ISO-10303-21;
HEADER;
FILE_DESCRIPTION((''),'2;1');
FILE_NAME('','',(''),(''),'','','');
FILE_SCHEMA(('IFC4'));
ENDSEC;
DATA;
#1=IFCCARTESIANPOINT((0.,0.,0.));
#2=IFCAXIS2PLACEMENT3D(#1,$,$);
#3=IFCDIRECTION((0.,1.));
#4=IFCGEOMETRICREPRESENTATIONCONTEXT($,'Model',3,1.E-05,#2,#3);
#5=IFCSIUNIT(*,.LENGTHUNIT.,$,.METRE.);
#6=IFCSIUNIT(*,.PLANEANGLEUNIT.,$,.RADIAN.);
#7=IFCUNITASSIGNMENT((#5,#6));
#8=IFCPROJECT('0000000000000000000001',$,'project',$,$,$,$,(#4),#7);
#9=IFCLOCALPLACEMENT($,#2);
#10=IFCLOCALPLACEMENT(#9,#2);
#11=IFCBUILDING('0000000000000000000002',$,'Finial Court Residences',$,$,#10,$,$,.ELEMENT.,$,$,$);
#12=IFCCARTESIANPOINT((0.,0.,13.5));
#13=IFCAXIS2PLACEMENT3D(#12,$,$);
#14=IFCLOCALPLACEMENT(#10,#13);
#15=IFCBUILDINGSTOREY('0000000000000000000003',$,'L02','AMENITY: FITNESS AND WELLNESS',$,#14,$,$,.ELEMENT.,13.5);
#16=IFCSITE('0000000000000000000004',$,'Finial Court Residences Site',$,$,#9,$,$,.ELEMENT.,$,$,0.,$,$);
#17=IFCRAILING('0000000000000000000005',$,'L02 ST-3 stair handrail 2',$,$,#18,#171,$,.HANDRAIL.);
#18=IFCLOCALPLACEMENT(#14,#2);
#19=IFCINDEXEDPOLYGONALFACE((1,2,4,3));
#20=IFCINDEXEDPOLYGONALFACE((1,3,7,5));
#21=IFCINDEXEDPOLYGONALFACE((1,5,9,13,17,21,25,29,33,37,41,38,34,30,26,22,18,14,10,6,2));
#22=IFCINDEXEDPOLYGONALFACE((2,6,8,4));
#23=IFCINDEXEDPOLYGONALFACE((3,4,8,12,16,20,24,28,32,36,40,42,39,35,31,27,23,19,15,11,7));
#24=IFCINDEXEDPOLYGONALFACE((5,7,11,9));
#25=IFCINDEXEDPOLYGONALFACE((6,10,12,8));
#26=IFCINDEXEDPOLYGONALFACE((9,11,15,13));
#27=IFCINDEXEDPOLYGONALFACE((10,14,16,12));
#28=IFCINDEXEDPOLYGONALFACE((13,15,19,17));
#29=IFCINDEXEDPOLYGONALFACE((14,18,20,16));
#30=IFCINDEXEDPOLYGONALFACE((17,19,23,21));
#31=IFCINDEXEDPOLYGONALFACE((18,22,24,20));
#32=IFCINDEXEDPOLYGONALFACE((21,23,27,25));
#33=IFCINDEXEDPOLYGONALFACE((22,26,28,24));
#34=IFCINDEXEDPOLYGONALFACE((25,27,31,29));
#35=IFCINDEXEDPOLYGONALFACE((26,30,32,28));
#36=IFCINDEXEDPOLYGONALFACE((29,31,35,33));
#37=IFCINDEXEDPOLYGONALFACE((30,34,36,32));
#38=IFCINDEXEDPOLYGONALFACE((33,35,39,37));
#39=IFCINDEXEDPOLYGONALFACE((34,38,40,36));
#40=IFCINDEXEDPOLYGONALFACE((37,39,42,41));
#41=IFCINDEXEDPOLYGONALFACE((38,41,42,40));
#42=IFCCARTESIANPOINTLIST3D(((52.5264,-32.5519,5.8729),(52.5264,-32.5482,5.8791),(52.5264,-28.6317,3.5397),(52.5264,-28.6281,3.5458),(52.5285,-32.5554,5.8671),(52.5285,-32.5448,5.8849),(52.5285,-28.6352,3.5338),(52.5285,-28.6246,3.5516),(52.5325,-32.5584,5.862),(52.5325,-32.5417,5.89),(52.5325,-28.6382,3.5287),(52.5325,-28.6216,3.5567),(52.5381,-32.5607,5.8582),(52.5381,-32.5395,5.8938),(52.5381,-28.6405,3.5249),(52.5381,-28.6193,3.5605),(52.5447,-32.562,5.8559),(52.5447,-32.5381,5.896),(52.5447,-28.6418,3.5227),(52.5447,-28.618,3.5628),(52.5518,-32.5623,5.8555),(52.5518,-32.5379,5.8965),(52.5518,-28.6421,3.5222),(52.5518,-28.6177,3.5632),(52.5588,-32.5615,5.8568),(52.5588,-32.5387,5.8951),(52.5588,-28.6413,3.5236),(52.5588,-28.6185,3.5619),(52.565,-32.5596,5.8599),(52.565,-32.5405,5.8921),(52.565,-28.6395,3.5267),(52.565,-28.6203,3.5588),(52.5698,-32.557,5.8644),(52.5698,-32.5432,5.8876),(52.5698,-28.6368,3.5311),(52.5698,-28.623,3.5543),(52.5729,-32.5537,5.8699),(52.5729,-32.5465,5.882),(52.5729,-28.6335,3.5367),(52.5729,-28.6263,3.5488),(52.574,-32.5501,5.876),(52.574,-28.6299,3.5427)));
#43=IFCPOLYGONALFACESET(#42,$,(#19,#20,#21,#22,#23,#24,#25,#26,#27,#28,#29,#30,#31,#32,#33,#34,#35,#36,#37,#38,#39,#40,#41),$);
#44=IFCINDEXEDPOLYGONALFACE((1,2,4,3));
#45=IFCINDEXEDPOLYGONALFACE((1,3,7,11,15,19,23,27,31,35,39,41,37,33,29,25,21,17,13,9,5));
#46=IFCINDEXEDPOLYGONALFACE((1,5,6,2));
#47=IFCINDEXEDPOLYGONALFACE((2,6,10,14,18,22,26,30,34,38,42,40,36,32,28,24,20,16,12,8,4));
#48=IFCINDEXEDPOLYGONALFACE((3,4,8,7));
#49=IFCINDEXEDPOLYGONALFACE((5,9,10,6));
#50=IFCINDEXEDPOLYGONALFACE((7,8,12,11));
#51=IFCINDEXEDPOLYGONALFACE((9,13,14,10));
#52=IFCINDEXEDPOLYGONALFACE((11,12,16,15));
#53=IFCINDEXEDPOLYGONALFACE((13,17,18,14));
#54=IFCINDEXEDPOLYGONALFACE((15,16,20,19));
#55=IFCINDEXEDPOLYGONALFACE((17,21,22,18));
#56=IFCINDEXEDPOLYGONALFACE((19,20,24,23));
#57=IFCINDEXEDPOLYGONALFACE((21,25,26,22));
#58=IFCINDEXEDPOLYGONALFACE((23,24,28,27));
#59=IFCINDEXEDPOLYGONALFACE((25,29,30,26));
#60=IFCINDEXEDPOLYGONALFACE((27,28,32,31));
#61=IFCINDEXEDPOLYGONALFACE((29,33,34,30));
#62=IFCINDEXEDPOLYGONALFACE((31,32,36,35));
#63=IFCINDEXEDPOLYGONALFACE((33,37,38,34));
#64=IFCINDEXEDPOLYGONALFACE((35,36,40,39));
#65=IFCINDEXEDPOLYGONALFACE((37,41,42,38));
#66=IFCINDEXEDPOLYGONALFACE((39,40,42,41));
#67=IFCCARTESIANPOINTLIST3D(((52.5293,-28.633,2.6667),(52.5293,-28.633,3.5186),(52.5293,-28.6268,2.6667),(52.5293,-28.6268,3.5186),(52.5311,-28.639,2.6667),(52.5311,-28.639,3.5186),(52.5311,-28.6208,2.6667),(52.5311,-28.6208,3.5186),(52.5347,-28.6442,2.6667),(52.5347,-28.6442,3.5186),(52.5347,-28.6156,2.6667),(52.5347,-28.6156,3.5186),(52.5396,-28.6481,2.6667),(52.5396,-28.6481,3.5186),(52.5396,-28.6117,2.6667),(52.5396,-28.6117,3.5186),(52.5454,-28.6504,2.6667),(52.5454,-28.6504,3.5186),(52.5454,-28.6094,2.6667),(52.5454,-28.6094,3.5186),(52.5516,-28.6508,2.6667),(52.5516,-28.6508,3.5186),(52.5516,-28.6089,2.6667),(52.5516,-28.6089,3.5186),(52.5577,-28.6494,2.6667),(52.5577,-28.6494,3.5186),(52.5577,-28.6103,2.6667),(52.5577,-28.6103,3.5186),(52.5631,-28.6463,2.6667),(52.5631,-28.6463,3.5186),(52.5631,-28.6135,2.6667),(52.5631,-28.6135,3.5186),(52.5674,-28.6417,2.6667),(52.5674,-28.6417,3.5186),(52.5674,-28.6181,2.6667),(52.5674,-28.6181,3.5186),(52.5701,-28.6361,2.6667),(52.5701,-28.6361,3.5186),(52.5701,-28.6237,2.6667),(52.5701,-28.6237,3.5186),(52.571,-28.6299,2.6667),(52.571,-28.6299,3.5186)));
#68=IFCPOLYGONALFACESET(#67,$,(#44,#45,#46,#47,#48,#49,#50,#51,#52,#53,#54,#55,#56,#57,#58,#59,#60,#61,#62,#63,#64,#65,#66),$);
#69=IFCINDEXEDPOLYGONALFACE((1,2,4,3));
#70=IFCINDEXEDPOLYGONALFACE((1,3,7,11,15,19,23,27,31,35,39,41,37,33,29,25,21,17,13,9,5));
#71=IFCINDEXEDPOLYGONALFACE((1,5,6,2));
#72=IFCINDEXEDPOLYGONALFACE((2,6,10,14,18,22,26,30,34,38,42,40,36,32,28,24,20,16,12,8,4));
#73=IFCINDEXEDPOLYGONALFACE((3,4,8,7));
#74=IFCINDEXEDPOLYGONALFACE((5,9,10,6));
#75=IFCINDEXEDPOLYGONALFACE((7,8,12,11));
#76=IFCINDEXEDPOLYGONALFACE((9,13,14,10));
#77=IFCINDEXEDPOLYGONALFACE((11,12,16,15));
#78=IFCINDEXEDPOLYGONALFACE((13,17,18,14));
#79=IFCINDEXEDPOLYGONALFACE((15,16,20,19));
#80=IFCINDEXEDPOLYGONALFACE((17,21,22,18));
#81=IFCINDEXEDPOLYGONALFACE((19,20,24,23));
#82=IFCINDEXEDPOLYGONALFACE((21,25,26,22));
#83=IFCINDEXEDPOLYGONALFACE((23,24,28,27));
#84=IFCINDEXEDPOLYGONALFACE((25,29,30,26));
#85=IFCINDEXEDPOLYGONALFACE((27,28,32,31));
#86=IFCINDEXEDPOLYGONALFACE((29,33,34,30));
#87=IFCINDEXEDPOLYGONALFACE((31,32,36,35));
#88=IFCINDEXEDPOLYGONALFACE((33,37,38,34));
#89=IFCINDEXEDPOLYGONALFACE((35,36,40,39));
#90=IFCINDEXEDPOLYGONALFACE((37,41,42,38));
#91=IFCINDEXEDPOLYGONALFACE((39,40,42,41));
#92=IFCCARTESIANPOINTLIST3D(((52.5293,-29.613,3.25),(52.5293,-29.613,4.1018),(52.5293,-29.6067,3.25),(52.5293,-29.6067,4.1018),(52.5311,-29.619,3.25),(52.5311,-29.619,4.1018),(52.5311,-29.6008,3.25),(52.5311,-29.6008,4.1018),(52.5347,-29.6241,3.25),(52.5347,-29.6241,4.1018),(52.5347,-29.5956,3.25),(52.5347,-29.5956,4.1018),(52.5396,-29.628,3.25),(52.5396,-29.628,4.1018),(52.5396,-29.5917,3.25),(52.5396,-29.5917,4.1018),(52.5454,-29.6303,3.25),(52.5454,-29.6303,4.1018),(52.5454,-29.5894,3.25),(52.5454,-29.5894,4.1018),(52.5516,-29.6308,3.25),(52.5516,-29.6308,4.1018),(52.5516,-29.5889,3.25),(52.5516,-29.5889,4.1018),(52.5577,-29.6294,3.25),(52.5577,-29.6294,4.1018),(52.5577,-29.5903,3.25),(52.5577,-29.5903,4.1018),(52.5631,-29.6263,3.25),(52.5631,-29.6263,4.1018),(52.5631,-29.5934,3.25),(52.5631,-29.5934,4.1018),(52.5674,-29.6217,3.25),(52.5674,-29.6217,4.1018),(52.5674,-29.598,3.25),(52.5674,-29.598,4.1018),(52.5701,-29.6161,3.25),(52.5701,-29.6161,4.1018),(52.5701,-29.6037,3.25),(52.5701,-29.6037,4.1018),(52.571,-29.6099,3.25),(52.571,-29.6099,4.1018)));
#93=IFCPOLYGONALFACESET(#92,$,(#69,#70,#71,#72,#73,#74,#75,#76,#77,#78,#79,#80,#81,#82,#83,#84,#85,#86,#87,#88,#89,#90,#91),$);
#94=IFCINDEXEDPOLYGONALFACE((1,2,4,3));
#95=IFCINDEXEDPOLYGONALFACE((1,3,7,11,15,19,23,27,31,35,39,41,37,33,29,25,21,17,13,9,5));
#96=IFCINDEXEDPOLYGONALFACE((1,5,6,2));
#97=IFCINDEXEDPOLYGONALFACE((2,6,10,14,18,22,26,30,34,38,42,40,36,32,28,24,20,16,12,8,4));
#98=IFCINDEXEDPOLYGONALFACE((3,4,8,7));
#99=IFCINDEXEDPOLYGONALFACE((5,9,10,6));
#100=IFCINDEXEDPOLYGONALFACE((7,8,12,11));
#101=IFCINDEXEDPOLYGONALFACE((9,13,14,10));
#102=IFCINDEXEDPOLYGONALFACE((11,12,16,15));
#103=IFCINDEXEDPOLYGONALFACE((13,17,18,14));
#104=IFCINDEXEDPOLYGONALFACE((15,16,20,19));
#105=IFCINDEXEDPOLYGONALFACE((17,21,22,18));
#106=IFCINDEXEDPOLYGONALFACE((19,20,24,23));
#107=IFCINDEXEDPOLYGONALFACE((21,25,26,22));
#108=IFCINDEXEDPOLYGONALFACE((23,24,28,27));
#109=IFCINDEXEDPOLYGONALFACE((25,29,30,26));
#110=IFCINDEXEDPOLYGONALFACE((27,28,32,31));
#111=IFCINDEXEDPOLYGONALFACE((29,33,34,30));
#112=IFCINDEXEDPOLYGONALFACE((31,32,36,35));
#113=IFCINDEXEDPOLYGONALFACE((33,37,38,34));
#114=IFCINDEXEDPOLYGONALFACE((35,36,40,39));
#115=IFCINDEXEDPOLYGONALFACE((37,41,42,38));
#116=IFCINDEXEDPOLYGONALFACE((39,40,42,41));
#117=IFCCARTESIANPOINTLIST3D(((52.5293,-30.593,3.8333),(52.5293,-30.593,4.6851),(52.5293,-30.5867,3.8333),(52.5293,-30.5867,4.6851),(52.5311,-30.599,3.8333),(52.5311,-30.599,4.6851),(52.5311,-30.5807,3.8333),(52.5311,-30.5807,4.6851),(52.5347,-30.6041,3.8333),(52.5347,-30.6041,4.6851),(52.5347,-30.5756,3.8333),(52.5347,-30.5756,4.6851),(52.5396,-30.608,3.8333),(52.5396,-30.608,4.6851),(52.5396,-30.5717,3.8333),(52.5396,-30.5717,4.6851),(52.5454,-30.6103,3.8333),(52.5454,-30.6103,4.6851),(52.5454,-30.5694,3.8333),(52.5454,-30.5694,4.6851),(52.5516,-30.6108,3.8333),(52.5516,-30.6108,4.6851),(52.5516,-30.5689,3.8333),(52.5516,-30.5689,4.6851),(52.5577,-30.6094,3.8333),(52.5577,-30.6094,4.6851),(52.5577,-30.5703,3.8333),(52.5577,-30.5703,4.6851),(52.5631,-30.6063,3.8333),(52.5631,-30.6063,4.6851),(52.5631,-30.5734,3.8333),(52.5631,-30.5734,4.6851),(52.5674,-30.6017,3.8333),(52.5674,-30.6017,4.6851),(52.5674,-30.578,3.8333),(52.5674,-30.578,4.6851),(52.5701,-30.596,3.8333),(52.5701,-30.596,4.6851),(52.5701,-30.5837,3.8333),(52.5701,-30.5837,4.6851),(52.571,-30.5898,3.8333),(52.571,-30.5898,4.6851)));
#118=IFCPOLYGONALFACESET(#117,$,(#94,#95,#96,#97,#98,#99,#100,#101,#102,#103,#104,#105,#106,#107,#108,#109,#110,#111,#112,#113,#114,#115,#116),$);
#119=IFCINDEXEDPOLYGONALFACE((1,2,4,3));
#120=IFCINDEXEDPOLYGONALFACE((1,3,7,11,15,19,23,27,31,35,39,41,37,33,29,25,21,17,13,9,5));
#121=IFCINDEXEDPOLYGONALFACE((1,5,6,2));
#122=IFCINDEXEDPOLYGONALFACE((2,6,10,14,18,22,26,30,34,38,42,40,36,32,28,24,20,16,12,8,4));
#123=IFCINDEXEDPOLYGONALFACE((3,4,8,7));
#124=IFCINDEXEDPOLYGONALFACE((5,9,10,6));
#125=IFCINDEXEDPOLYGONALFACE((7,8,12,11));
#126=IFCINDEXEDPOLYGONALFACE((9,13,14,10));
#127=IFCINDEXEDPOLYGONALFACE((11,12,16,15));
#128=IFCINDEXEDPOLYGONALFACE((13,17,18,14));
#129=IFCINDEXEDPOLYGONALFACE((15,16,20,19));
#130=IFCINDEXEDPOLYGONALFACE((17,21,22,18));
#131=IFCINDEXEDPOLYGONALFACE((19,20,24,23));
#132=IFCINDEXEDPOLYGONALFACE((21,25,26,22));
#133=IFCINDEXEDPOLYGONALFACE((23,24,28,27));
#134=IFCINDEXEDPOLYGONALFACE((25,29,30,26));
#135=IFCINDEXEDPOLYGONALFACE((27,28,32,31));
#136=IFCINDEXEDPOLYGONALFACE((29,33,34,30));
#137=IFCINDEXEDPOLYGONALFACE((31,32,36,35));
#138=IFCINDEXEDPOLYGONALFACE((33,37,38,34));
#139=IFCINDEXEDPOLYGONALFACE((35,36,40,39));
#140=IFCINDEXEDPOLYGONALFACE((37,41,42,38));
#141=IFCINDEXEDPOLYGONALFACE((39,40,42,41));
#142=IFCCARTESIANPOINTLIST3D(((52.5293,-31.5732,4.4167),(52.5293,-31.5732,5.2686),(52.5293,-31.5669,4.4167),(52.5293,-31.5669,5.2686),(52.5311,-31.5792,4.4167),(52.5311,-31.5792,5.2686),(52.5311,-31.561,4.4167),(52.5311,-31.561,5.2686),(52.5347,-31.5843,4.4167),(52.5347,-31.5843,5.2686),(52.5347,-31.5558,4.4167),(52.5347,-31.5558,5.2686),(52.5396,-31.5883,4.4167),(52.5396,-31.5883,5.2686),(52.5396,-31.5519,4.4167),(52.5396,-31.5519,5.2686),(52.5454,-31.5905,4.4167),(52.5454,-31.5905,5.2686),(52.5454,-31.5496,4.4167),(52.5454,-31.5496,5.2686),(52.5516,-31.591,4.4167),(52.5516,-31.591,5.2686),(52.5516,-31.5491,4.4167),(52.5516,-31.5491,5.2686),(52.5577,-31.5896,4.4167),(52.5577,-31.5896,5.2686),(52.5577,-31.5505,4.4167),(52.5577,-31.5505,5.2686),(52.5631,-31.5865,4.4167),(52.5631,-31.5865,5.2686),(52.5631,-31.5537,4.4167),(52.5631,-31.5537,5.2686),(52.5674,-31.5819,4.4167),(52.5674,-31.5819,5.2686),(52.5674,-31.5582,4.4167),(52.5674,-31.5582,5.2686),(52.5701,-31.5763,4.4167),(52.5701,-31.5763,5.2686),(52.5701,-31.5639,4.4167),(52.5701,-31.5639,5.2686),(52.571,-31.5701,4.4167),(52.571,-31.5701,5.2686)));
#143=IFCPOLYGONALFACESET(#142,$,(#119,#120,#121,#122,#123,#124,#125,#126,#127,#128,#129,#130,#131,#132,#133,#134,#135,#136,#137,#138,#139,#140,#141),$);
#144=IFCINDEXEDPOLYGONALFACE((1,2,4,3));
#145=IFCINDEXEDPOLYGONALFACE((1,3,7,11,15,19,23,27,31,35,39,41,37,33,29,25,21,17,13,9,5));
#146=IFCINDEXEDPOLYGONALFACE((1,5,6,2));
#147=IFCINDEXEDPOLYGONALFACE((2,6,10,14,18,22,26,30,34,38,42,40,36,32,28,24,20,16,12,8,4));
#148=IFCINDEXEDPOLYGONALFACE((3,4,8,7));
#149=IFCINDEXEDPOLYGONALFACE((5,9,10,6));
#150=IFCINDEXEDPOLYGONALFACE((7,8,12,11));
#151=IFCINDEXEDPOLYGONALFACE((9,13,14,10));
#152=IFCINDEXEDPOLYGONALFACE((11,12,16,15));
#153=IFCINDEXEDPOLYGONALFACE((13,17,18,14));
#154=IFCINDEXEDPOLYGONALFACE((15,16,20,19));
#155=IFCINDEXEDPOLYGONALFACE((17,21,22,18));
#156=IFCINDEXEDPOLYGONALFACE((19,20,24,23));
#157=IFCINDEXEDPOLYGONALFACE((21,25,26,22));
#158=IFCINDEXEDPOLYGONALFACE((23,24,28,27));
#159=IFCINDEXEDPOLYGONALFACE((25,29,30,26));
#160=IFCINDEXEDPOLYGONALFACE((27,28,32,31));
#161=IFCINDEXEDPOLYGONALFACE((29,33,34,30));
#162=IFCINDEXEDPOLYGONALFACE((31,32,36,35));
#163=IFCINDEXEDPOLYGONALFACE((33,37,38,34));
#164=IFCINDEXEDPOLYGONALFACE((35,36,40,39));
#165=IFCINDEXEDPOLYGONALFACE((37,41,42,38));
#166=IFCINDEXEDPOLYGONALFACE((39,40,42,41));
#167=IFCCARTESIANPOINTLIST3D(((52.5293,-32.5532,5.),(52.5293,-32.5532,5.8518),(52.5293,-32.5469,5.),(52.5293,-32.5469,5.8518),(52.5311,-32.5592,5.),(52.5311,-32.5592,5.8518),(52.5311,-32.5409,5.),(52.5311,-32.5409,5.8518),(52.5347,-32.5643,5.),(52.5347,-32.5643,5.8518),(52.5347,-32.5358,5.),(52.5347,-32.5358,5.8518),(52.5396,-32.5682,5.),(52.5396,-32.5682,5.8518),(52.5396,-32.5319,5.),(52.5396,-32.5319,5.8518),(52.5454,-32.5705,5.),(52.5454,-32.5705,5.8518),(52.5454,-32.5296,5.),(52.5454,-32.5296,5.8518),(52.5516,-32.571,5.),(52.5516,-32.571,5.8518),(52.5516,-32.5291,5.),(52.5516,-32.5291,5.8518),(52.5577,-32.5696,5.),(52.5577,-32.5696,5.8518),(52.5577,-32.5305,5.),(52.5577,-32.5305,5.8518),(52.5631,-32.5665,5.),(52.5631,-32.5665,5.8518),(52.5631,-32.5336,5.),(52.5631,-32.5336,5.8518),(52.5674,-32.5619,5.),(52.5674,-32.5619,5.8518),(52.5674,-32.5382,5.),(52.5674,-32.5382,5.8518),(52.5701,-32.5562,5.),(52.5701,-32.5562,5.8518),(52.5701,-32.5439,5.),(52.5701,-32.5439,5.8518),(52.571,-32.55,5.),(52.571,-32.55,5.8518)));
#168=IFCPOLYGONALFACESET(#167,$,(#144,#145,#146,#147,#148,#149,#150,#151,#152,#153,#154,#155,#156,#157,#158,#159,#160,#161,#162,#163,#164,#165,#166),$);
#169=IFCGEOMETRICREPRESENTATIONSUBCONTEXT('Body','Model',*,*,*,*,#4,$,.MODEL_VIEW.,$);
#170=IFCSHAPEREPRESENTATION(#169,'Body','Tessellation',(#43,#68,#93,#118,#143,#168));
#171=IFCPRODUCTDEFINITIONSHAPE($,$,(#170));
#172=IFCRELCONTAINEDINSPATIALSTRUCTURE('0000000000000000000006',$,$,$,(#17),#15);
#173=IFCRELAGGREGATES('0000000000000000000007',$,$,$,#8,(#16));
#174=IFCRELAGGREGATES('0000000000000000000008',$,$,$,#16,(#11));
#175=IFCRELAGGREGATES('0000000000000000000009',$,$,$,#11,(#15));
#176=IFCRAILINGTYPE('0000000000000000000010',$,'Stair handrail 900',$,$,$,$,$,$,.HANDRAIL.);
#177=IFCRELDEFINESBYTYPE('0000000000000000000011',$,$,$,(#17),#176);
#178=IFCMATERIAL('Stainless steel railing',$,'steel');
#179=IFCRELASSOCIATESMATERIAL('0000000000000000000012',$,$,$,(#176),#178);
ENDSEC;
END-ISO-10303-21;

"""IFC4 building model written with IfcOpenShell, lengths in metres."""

from ifc_helpers import new_model, si_unit, direction, frame, origin, origin_2d, place, context, subcontext, project, spatial, circle, extrude, material, type_object, element, save


model = new_model("IFC4")

# Units and contexts
model_context = context("Model", 3, precision=1e-05, world=origin(), true_north=direction((0.0, 1.0)))
body_context = subcontext(model_context, "Body", "Model", "MODEL_VIEW")
ifc_project = project(units=[si_unit("LENGTHUNIT", "METRE"), si_unit("PLANEANGLEUNIT", "RADIAN")], contexts=[model_context])

# Site, building, storey
site_placement = place(None, origin())
site = spatial("IfcSite", under=ifc_project, at=site_placement, Name="Finial Court Residences Site", CompositionType="ELEMENT", RefElevation=0.0)
building_placement = place(site_placement, origin())
building = spatial("IfcBuilding", under=site, at=building_placement, Name="Finial Court Residences", CompositionType="ELEMENT")
storey_placement = place(building_placement, frame((0.0, 0.0, 13.5)))
storey = spatial("IfcBuildingStorey", under=building, at=storey_placement, Name="L02", Description="AMENITY: FITNESS AND WELLNESS", CompositionType="ELEMENT", Elevation=13.5)

# Railing
ifc_material_1 = material(Name="Stainless steel railing", Category="steel")
railing_type = type_object("IfcRailingType", Name="Stair handrail 900", PredefinedType="HANDRAIL", material=ifc_material_1)
railing_placement = place(storey_placement, frame((52.55, -28.6299, 2.6667)))
element("IfcRailing", 1, at=railing_placement, inside=storey, type_object=railing_type, Name="L02 ST-3 stair handrail 2", PredefinedType="HANDRAIL", context=body_context, shape_type="SweptSolid", body=[
    extrude(circle(Radius=0.0239, at=origin_2d()), frame((0.0, 0.0, 0.876), z_axis=(0.0, -0.85931, 0.511455), x_axis=(1.0, 0.0, 0.0)), (0.0, 0.0, 1.0), 4.562),
    extrude(circle(Radius=0.021, at=origin_2d()), origin(), (0.0, 0.0, 1.0), 0.8518),
    extrude(circle(Radius=0.021, at=origin_2d()), frame((0.0, -0.98, 0.5833)), (0.0, 0.0, 1.0), 0.8518),
    extrude(circle(Radius=0.021, at=origin_2d()), frame((0.0, -1.96, 1.1665)), (0.0, 0.0, 1.0), 0.8518),
    extrude(circle(Radius=0.021, at=origin_2d()), frame((0.0, -2.9402, 1.75)), (0.0, 0.0, 1.0), 0.8518),
    extrude(circle(Radius=0.021, at=origin_2d()), frame((0.0, -3.9202, 2.3333)), (0.0, 0.0, 1.0), 0.8518),
])

save(model, "model.ifc")
